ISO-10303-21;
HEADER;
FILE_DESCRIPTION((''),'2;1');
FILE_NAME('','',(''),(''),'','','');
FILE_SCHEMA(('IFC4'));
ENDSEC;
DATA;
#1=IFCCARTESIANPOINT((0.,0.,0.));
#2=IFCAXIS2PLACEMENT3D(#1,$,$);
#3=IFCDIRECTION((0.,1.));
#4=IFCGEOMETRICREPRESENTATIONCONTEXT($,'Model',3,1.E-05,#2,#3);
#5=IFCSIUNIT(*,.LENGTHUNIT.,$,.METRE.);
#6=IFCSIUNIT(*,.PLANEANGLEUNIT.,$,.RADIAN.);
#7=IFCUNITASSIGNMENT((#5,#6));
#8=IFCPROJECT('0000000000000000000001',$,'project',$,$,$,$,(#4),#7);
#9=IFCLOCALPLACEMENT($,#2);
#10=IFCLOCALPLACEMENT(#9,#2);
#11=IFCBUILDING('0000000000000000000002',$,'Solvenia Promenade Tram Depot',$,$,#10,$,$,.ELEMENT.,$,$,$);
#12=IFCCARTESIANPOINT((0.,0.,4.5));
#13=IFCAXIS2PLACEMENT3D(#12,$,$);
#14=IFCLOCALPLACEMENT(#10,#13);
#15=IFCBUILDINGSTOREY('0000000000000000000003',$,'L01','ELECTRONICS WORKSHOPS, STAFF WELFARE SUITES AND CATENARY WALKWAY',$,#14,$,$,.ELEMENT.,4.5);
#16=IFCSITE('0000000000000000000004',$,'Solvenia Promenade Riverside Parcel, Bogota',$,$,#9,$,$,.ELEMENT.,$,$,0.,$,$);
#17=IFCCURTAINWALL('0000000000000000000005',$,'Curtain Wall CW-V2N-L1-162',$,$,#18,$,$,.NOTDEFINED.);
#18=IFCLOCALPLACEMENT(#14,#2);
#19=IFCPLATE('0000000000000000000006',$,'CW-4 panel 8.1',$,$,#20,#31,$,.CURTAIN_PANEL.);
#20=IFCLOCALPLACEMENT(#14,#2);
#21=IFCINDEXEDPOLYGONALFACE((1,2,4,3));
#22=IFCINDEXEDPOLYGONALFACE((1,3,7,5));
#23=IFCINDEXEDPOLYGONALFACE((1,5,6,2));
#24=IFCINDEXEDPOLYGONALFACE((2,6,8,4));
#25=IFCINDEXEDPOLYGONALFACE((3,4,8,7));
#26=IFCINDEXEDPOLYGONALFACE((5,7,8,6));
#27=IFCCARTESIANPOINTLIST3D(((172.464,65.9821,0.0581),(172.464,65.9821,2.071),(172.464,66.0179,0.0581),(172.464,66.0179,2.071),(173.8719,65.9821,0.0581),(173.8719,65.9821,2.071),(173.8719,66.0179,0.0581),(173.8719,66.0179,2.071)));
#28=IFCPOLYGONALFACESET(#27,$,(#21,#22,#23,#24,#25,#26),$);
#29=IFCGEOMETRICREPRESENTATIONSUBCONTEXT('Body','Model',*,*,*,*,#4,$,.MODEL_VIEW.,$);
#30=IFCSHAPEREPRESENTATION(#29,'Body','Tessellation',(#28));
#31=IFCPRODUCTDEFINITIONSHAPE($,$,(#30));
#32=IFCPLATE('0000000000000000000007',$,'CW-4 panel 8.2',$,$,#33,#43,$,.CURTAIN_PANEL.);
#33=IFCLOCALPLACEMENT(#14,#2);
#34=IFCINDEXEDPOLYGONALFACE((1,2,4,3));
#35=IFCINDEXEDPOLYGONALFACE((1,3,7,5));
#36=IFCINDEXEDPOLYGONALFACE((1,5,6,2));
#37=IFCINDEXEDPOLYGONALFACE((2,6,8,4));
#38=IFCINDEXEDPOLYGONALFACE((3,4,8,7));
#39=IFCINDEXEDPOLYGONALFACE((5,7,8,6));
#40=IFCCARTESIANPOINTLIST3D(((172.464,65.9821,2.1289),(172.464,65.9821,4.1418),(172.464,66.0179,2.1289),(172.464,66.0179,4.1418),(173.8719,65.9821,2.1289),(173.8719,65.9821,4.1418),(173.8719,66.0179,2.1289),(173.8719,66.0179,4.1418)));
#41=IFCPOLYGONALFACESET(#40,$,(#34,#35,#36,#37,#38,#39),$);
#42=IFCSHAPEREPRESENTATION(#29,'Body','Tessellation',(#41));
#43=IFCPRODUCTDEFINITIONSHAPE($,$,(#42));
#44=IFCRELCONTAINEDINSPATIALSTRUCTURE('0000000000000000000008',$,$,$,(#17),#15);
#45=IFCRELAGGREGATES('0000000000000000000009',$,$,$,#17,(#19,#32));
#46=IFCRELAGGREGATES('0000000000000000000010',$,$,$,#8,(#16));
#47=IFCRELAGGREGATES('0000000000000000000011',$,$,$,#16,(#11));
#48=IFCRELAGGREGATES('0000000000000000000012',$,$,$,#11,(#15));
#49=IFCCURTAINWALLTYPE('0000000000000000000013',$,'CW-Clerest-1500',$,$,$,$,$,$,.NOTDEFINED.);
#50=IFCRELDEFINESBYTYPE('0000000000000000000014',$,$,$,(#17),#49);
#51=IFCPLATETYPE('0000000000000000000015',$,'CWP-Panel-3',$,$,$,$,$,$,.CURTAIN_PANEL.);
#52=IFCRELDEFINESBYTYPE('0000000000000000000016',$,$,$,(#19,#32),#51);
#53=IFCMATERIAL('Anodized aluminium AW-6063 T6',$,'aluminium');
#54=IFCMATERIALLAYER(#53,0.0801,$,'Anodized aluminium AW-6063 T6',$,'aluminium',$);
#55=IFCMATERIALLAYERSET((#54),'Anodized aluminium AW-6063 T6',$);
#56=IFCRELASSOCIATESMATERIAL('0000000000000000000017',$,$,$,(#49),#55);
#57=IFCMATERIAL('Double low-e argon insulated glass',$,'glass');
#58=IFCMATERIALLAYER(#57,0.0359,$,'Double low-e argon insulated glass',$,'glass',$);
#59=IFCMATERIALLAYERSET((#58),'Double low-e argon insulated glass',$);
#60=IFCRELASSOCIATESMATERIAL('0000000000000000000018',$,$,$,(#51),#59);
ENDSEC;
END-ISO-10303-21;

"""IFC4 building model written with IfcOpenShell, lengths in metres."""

from ifc_helpers import new_model, si_unit, direction, frame, origin, origin_2d, place, context, subcontext, project, spatial, rectangle, extrude, material, layer, layer_set, type_object, element, aggregate, save


model = new_model("IFC4")

# Units and contexts
model_context = context("Model", 3, precision=1e-05, world=origin(), true_north=direction((0.0, 1.0)))
body_context = subcontext(model_context, "Body", "Model", "MODEL_VIEW")
ifc_project = project(units=[si_unit("LENGTHUNIT", "METRE"), si_unit("PLANEANGLEUNIT", "RADIAN")], contexts=[model_context])

# Site, building, storey
site_placement = place(None, origin())
site = spatial("IfcSite", under=ifc_project, at=site_placement, Name="Solvenia Promenade Riverside Parcel, Bogota", CompositionType="ELEMENT", RefElevation=0.0)
building_placement = place(site_placement, origin())
building = spatial("IfcBuilding", under=site, at=building_placement, Name="Solvenia Promenade Tram Depot", CompositionType="ELEMENT")
storey_placement = place(building_placement, frame((0.0, 0.0, 4.5)))
storey = spatial("IfcBuildingStorey", under=building, at=storey_placement, Name="L01", Description="ELECTRONICS WORKSHOPS, STAFF WELFARE SUITES AND CATENARY WALKWAY", CompositionType="ELEMENT", Elevation=4.5)

# Curtain wall, plates
ifc_material_1 = material(Name="Anodized aluminium AW-6063 T6", Category="aluminium")
ifc_layer_1 = layer(ifc_material_1, 0.0801, Name="Anodized aluminium AW-6063 T6", Category="aluminium")
ifc_layer_set_1 = layer_set([ifc_layer_1], Name="Anodized aluminium AW-6063 T6")
curtain_wall_type = type_object("IfcCurtainWallType", Name="CW-Clerest-1500", PredefinedType="NOTDEFINED", material=ifc_layer_set_1)
curtain_wall_placement = place(storey_placement, origin())
curtain_wall = element("IfcCurtainWall", 1, at=curtain_wall_placement, inside=storey, type_object=curtain_wall_type, Name="Curtain Wall CW-V2N-L1-162", PredefinedType="NOTDEFINED")
ifc_material_2 = material(Name="Double low-e argon insulated glass", Category="glass")
ifc_layer_2 = layer(ifc_material_2, 0.0359, Name="Double low-e argon insulated glass", Category="glass")
ifc_layer_set_2 = layer_set([ifc_layer_2], Name="Double low-e argon insulated glass")
plate_type = type_object("IfcPlateType", Name="CWP-Panel-3", PredefinedType="CURTAIN_PANEL", material=ifc_layer_set_2)
plate_1_placement = place(storey_placement, frame((173.168, 66.0, 0.0581), z_axis=(0.0, 0.0, 1.0), x_axis=(1.0, 0.0, 0.0)))
plate_1 = element("IfcPlate", 2, at=plate_1_placement, type_object=plate_type, Name="CW-4 panel 8.1", PredefinedType="CURTAIN_PANEL", context=body_context, shape_type="SweptSolid", body=[
    extrude(rectangle(XDim=1.408, YDim=0.0359, at=origin_2d()), origin(), (0.0, 0.0, 1.0), 2.0129),
])
plate_2_placement = place(storey_placement, frame((173.168, 66.0, 2.1289), z_axis=(0.0, 0.0, 1.0), x_axis=(1.0, 0.0, 0.0)))
plate_2 = element("IfcPlate", 3, at=plate_2_placement, type_object=plate_type, Name="CW-4 panel 8.2", PredefinedType="CURTAIN_PANEL", context=body_context, shape_type="SweptSolid", body=[
    extrude(rectangle(XDim=1.408, YDim=0.0359, at=origin_2d()), origin(), (0.0, 0.0, 1.0), 2.0129),
])
aggregate(curtain_wall, [plate_1, plate_2])

save(model, "model.ifc")
